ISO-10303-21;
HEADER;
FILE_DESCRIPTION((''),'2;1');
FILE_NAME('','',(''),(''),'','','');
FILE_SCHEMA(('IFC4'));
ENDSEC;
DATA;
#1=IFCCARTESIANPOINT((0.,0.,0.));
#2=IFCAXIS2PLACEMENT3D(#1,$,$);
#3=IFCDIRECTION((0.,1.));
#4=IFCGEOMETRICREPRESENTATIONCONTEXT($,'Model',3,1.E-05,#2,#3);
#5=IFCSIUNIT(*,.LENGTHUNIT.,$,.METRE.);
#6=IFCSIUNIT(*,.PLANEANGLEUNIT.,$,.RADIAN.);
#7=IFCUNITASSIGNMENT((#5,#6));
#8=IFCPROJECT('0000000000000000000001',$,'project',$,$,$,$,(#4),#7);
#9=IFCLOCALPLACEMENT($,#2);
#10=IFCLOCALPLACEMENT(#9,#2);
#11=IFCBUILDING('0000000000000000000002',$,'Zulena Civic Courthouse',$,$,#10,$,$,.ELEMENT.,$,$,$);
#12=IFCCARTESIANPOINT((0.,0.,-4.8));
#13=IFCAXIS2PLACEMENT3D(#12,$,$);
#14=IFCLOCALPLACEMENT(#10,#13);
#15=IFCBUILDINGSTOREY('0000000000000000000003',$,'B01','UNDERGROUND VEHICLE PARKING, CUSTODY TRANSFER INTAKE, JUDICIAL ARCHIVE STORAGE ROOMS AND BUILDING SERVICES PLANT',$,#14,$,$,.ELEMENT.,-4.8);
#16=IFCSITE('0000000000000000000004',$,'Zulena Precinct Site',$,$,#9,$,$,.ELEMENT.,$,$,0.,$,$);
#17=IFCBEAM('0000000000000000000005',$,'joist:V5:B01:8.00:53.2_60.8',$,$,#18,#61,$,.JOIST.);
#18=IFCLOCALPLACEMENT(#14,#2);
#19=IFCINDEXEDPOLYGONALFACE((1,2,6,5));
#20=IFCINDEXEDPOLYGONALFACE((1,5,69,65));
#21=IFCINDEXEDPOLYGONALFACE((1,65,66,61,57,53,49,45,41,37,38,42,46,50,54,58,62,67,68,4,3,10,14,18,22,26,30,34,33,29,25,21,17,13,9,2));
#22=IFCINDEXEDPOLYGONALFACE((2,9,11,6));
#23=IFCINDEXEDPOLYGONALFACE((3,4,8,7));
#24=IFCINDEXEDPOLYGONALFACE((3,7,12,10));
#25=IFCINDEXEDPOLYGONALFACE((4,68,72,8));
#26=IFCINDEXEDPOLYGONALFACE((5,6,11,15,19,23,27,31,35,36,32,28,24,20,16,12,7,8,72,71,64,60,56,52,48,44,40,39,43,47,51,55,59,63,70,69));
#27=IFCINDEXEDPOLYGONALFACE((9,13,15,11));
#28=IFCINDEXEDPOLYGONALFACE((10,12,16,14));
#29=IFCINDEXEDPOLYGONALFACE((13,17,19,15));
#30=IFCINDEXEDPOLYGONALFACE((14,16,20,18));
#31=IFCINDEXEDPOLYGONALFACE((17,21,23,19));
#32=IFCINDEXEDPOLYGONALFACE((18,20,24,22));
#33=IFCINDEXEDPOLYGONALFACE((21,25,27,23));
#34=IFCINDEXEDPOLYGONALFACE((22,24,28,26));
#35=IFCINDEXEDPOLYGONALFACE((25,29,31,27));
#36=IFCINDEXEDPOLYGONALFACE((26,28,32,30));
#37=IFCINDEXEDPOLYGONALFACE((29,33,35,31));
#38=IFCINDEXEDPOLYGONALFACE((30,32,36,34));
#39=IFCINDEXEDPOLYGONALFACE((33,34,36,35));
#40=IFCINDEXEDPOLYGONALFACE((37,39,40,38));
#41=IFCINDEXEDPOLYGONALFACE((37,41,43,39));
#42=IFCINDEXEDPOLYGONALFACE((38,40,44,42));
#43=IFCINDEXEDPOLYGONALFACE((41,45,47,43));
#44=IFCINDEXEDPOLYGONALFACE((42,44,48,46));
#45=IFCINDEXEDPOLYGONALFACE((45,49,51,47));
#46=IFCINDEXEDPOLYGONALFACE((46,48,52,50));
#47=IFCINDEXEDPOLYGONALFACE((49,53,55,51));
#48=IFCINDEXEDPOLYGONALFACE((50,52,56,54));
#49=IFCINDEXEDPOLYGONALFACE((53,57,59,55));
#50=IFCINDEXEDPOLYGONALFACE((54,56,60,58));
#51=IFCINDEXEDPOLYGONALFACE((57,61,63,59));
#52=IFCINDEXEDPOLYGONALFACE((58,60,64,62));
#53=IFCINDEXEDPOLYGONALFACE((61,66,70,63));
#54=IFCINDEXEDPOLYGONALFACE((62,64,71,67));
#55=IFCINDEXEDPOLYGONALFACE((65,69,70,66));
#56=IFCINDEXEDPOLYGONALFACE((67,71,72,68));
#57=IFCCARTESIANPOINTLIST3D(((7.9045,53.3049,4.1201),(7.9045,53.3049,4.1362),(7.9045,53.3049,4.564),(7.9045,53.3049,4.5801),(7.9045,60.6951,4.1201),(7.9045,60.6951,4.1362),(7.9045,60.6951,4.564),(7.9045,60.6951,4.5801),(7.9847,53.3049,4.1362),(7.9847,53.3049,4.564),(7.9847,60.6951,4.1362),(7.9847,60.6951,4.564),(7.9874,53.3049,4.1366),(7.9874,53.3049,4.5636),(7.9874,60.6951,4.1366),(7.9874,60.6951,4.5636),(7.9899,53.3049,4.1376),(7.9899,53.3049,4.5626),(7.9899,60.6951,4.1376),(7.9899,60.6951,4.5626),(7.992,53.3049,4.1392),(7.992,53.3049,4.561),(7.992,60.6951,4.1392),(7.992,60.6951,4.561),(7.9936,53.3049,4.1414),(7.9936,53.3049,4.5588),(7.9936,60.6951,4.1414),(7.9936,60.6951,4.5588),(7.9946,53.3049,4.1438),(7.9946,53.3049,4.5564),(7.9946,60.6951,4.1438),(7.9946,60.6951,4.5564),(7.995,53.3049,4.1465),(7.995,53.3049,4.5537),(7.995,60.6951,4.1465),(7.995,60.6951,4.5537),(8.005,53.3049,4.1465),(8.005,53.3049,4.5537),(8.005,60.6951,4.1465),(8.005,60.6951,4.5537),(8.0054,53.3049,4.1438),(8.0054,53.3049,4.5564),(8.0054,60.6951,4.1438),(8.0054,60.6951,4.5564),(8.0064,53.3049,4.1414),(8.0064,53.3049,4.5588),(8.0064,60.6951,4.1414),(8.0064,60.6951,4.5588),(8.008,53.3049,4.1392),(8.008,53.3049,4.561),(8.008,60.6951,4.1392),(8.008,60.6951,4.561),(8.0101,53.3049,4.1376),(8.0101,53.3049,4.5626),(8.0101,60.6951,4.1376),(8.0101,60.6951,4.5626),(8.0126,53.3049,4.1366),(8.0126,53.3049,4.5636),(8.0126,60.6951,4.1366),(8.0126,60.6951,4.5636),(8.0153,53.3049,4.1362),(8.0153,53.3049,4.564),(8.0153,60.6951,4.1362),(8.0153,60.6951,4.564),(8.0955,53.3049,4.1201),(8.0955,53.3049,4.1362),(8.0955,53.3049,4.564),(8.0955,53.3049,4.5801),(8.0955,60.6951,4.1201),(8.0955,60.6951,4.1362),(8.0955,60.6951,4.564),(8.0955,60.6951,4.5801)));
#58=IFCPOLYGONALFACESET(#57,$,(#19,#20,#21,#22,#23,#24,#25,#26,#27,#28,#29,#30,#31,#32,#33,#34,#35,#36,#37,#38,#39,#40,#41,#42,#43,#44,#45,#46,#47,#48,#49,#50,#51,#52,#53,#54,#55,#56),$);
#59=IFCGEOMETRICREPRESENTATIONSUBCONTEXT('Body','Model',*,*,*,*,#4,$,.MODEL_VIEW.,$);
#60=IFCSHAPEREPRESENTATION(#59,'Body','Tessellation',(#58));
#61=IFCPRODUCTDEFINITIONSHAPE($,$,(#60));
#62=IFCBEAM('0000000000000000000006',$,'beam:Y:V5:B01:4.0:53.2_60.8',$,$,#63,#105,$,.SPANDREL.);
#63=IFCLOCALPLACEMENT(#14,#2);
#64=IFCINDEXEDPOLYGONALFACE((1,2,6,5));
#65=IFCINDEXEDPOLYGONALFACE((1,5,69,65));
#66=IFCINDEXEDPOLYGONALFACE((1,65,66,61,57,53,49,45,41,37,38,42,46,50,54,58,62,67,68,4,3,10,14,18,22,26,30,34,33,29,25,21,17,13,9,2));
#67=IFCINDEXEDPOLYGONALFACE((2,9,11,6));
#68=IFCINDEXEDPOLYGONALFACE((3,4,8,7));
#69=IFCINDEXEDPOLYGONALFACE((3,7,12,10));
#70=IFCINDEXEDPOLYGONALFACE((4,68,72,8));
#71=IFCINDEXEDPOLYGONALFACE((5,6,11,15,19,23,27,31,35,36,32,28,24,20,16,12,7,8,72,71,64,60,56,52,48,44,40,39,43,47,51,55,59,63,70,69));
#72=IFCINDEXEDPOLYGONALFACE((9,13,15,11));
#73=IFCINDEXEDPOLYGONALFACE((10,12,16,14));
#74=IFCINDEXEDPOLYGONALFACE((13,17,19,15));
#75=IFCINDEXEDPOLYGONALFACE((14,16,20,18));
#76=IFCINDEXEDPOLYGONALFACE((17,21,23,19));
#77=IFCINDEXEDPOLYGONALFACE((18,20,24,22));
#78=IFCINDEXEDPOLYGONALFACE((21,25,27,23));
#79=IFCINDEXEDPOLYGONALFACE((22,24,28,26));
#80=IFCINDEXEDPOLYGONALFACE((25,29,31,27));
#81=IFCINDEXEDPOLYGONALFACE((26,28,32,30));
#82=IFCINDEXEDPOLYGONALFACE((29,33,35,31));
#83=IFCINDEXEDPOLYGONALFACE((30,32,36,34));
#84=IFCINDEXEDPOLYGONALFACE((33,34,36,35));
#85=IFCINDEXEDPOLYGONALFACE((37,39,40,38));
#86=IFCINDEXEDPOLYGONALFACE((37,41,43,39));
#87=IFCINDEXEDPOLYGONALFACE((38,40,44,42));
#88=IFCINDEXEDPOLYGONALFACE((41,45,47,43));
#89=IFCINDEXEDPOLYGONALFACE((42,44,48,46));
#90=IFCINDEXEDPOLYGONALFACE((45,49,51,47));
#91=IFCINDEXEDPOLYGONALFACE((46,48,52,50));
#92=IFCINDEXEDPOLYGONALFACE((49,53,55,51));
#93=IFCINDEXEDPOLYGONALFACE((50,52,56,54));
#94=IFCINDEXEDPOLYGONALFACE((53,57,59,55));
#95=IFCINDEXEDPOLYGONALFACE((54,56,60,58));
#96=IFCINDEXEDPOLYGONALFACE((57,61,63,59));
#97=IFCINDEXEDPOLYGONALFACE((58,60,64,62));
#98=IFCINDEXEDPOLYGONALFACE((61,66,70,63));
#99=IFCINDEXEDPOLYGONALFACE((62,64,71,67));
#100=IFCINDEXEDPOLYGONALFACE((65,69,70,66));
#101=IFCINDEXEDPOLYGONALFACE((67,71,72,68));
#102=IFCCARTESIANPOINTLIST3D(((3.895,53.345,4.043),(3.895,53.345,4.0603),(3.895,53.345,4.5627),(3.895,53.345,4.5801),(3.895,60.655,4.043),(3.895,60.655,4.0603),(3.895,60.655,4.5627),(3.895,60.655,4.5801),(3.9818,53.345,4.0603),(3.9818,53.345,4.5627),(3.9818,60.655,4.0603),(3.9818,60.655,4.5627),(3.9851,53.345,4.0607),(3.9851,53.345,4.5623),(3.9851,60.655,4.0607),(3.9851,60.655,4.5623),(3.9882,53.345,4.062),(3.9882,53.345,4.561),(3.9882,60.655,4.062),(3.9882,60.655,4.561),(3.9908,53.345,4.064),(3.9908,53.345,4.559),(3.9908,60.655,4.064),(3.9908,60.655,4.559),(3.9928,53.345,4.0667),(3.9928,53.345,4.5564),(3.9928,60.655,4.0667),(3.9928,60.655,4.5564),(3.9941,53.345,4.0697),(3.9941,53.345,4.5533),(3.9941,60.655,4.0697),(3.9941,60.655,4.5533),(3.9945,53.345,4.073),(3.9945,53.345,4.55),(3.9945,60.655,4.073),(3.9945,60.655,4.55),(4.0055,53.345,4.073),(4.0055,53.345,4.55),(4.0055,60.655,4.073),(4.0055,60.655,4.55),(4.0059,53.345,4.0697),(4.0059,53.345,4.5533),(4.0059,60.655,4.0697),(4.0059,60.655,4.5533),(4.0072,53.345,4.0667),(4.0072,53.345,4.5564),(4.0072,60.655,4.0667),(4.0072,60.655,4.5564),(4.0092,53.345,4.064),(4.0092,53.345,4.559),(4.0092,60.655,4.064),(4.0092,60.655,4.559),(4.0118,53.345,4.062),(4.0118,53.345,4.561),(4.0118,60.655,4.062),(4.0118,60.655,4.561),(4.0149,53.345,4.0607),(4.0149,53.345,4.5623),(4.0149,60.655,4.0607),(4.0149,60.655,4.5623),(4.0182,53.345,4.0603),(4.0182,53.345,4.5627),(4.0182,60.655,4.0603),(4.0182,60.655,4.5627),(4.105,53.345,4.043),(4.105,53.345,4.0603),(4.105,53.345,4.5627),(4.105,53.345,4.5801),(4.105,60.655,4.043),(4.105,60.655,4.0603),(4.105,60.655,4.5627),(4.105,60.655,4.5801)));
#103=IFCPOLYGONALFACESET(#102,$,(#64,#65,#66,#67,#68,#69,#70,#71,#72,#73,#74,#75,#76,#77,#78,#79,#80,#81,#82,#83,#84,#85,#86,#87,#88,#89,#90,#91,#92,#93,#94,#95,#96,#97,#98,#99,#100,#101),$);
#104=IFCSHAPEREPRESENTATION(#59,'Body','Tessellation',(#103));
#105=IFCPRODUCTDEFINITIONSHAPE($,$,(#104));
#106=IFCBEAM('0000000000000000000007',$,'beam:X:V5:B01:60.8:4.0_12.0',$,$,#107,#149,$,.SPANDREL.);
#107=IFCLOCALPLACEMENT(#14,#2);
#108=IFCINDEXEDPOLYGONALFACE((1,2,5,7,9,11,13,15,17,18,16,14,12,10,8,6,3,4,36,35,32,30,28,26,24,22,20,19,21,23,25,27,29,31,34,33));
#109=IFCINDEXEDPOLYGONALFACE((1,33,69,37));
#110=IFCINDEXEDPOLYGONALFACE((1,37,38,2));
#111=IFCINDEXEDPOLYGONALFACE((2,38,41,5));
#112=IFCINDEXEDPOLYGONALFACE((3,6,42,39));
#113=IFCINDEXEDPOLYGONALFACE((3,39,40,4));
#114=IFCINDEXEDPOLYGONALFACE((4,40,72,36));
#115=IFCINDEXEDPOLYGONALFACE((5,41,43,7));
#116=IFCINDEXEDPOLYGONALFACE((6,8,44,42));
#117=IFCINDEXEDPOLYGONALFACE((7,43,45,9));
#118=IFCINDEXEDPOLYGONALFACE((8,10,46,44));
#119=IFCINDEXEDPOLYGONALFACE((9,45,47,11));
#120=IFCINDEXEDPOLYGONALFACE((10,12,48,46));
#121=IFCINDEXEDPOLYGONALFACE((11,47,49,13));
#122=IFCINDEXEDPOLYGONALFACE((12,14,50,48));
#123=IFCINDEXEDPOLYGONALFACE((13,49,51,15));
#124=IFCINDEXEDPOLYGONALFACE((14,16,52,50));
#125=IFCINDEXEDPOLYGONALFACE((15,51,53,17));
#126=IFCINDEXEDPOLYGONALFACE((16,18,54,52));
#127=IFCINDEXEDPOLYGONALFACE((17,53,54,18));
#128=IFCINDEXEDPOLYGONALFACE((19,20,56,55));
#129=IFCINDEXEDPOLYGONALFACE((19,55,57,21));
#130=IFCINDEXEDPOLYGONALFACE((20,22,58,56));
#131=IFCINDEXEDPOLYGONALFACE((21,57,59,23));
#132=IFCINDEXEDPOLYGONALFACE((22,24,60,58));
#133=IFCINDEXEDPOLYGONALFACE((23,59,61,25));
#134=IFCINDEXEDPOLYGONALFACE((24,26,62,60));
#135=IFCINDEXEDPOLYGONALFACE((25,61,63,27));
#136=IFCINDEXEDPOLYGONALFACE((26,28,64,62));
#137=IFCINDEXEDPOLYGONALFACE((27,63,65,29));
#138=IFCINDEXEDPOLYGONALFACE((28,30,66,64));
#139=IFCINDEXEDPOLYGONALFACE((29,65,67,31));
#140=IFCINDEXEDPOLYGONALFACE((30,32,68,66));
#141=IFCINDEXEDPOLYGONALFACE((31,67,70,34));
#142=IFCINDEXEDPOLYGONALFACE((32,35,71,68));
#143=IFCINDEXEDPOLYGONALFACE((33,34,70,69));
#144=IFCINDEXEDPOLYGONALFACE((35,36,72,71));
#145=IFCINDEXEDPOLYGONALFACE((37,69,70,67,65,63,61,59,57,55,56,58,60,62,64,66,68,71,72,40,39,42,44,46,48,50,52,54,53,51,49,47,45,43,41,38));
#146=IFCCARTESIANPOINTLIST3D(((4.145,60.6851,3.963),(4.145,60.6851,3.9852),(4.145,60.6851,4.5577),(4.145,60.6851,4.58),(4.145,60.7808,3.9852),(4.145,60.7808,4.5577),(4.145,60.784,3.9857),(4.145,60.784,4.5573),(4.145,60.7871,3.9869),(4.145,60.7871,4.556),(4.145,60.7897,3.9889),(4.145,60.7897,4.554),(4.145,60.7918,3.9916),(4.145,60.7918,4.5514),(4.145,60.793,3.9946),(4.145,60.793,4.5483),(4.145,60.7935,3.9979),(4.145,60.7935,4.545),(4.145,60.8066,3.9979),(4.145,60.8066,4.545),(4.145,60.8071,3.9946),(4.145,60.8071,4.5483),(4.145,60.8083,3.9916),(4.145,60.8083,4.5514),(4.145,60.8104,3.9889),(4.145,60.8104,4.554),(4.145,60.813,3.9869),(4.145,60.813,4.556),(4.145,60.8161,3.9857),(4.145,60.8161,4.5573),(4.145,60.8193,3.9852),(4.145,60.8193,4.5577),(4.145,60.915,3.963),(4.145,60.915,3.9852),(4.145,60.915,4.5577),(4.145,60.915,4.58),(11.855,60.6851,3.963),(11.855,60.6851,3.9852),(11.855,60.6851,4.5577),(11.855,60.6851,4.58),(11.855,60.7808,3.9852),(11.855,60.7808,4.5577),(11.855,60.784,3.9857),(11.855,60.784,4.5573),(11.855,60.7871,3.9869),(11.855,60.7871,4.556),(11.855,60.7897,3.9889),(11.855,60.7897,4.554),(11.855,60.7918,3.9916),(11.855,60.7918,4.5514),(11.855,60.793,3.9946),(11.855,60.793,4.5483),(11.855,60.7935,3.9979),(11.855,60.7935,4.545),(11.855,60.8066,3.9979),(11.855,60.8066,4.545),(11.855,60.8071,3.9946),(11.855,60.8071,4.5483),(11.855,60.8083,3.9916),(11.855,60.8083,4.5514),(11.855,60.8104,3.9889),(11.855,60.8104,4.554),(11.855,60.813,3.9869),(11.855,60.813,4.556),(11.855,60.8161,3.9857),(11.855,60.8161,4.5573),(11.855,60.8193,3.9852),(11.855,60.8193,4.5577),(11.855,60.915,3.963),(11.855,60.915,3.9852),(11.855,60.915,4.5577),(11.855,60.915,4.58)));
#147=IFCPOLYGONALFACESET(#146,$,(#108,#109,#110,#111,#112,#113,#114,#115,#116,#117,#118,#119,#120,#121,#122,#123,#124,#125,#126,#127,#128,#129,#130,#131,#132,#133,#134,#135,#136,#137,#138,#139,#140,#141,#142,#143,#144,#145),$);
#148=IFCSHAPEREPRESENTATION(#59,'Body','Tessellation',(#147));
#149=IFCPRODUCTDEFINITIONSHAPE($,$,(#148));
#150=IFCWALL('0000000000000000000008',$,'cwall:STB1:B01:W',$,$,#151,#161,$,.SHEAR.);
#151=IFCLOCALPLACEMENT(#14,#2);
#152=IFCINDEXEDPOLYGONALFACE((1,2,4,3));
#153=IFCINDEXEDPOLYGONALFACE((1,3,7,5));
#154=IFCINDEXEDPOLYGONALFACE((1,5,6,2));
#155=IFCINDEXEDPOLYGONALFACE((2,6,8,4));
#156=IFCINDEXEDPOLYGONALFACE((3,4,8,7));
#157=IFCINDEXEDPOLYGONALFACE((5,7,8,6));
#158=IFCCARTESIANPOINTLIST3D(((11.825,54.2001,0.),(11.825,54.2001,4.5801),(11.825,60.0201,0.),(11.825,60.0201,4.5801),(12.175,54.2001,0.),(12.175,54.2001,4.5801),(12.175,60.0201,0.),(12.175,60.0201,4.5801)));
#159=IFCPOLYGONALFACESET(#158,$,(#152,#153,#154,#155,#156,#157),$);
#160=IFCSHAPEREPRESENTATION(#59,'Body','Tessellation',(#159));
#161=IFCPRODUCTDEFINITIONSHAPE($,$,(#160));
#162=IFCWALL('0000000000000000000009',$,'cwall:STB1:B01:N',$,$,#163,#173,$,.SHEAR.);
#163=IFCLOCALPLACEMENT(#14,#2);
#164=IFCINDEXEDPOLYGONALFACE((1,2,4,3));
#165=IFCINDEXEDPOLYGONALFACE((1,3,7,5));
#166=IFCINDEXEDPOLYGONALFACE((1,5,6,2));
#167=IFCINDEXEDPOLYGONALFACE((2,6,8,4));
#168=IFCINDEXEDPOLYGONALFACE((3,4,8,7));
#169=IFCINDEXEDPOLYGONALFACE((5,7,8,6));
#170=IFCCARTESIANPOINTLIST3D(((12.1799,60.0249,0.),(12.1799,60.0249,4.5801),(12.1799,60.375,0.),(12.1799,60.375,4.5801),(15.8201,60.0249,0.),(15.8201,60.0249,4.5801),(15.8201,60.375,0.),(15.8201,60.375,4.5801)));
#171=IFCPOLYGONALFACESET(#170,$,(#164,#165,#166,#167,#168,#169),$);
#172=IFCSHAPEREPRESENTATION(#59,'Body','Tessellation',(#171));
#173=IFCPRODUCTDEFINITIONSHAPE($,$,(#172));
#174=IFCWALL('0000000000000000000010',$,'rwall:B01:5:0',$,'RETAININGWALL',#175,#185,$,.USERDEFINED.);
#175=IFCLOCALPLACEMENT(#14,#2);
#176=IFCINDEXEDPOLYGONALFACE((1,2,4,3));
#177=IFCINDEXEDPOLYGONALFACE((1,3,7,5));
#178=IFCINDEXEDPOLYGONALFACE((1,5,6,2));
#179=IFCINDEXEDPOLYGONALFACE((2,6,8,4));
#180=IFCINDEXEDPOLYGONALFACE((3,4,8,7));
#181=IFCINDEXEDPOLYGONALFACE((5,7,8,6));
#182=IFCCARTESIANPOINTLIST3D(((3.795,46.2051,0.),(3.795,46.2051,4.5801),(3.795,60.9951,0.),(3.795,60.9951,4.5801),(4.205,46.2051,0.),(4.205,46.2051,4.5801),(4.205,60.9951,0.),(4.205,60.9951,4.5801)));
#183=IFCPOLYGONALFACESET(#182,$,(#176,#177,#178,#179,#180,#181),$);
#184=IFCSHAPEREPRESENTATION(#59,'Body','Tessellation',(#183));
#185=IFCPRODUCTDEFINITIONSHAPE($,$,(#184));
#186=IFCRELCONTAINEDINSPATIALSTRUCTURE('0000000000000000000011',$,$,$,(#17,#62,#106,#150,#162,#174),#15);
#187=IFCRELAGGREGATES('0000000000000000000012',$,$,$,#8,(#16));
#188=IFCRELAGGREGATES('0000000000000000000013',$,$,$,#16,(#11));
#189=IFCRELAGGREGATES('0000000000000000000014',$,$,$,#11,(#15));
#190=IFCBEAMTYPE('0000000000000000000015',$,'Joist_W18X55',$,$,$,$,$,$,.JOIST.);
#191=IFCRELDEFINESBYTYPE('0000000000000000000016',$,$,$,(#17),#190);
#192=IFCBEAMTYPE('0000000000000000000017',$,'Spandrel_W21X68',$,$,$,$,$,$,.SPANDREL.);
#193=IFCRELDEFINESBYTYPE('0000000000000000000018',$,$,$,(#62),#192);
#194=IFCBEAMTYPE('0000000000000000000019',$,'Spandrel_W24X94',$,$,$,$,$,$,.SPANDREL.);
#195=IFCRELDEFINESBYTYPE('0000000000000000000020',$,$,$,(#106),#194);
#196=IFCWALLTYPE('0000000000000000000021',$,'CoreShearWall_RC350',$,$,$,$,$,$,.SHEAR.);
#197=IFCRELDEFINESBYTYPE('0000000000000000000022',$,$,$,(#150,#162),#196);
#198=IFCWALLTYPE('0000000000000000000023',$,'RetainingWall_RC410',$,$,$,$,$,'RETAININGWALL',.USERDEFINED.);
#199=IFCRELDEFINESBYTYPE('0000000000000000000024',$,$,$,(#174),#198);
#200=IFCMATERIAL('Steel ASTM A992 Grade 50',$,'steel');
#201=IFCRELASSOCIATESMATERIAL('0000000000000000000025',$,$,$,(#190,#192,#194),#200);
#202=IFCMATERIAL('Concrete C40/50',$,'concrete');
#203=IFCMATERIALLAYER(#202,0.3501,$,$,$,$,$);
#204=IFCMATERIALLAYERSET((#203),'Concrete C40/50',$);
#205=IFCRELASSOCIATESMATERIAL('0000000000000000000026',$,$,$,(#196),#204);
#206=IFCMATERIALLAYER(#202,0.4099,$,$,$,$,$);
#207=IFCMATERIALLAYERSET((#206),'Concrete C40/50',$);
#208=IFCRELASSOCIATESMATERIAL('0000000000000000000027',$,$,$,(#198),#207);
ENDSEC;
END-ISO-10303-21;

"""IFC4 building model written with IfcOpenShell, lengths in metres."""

from ifc_helpers import new_model, si_unit, direction, frame, frame_2d, origin, origin_2d, place, context, subcontext, project, spatial, rectangle, i_section, extrude, material, layer, layer_set, material_profile, profile_set, type_object, element, save


model = new_model("IFC4")

# Units and contexts
model_context = context("Model", 3, precision=1e-05, world=origin(), true_north=direction((0.0, 1.0)))
body_context = subcontext(model_context, "Body", "Model", "MODEL_VIEW")
ifc_project = project(units=[si_unit("LENGTHUNIT", "METRE"), si_unit("PLANEANGLEUNIT", "RADIAN")], contexts=[model_context])

# Site, building, storey
site_placement = place(None, origin())
site = spatial("IfcSite", under=ifc_project, at=site_placement, Name="Zulena Precinct Site", CompositionType="ELEMENT", RefElevation=0.0)
building_placement = place(site_placement, origin())
building = spatial("IfcBuilding", under=site, at=building_placement, Name="Zulena Civic Courthouse", CompositionType="ELEMENT")
storey_placement = place(building_placement, frame((0.0, 0.0, -4.8)))
storey = spatial("IfcBuildingStorey", under=building, at=storey_placement, Name="B01", Description="UNDERGROUND VEHICLE PARKING, CUSTODY TRANSFER INTAKE, JUDICIAL ARCHIVE STORAGE ROOMS AND BUILDING SERVICES PLANT", CompositionType="ELEMENT", Elevation=-4.8)

# Shared definitions
ifc_material_1 = material(Name="Concrete C40/50", Category="concrete")

# Shared definitions
ifc_material_2 = material(Name="Steel ASTM A992 Grade 50", Category="steel")

# Beams
ifc_material_profile_1 = material_profile(ifc_material_2, i_section(OverallWidth=0.1909, OverallDepth=0.46, WebThickness=0.01, FlangeThickness=0.0161, FilletRadius=0.0103, at=origin_2d()), Name="W18X55")
ifc_profile_set_1 = profile_set([ifc_material_profile_1], Name="Steel ASTM A992 Grade 50")
beam_type_1 = type_object("IfcBeamType", Name="Joist_W18X55", PredefinedType="JOIST", material=ifc_profile_set_1)
beam_1_placement = place(storey_placement, frame((8.0, 53.3049, 4.3501), z_axis=(0.0, 1.0, 0.0), x_axis=(-1.0, 0.0, 0.0)))
element("IfcBeam", 1, at=beam_1_placement, inside=storey, type_object=beam_type_1, Name="joist:V5:B01:8.00:53.2_60.8", PredefinedType="JOIST", context=body_context, shape_type="SweptSolid", body=[
    extrude(i_section(OverallWidth=0.1909, OverallDepth=0.46, WebThickness=0.01, FlangeThickness=0.0161, FilletRadius=0.0103, at=origin_2d()), origin(), (0.0, 0.0, 1.0), 7.3901),
])
ifc_material_profile_2 = material_profile(ifc_material_2, i_section(OverallWidth=0.21, OverallDepth=0.5371, WebThickness=0.011, FlangeThickness=0.0173, FilletRadius=0.0127, at=origin_2d()), Name="W21X68")
ifc_profile_set_2 = profile_set([ifc_material_profile_2], Name="Steel ASTM A992 Grade 50")
beam_type_2 = type_object("IfcBeamType", Name="Spandrel_W21X68", PredefinedType="SPANDREL", material=ifc_profile_set_2)
beam_2_placement = place(storey_placement, frame((4.0, 53.345, 4.3115), z_axis=(0.0, 1.0, 0.0), x_axis=(-1.0, 0.0, 0.0)))
element("IfcBeam", 2, at=beam_2_placement, inside=storey, type_object=beam_type_2, Name="beam:Y:V5:B01:4.0:53.2_60.8", PredefinedType="SPANDREL", context=body_context, shape_type="SweptSolid", body=[
    extrude(i_section(OverallWidth=0.21, OverallDepth=0.5371, WebThickness=0.011, FlangeThickness=0.0173, FilletRadius=0.0127, at=origin_2d()), origin(), (0.0, 0.0, 1.0), 7.3101),
])
ifc_material_profile_3 = material_profile(ifc_material_2, i_section(OverallWidth=0.23, OverallDepth=0.6169, WebThickness=0.0132, FlangeThickness=0.0222, FilletRadius=0.0127, at=origin_2d()), Name="W24X94")
ifc_profile_set_3 = profile_set([ifc_material_profile_3], Name="Steel ASTM A992 Grade 50")
beam_type_3 = type_object("IfcBeamType", Name="Spandrel_W24X94", PredefinedType="SPANDREL", material=ifc_profile_set_3)
beam_3_placement = place(storey_placement, frame((4.145, 60.8, 4.2715), z_axis=(1.0, 0.0, 0.0), x_axis=(0.0, 1.0, 0.0)))
element("IfcBeam", 3, at=beam_3_placement, inside=storey, type_object=beam_type_3, Name="beam:X:V5:B01:60.8:4.0_12.0", PredefinedType="SPANDREL", context=body_context, shape_type="SweptSolid", body=[
    extrude(i_section(OverallWidth=0.23, OverallDepth=0.6169, WebThickness=0.0132, FlangeThickness=0.0222, FilletRadius=0.0127, at=origin_2d()), origin(), (0.0, 0.0, 1.0), 7.71),
])

# Walls
ifc_layer_1 = layer(ifc_material_1, 0.3501)
ifc_layer_set_1 = layer_set([ifc_layer_1], Name="Concrete C40/50")
wall_type_1 = type_object("IfcWallType", Name="CoreShearWall_RC350", PredefinedType="SHEAR", material=ifc_layer_set_1)
wall_1_placement = place(storey_placement, frame((12.0, 54.2, 0.0), z_axis=(0.0, 0.0, 1.0), x_axis=(0.0, 1.0, 0.0)))
element("IfcWall", 4, at=wall_1_placement, inside=storey, type_object=wall_type_1, Name="cwall:STB1:B01:W", PredefinedType="SHEAR", context=body_context, shape_type="SweptSolid", body=[
    extrude(rectangle(XDim=5.8201, YDim=0.3501, at=frame_2d((2.9102, 0.0))), origin(), (0.0, 0.0, 1.0), 4.5801),
])
wall_2_placement = place(storey_placement, frame((12.1799, 60.2, 0.0), z_axis=(0.0, 0.0, 1.0), x_axis=(1.0, 0.0, 0.0)))
element("IfcWall", 5, at=wall_2_placement, inside=storey, type_object=wall_type_1, Name="cwall:STB1:B01:N", PredefinedType="SHEAR", context=body_context, shape_type="SweptSolid", body=[
    extrude(rectangle(XDim=3.6401, YDim=0.3501, at=frame_2d((1.8201, 0.0))), origin(), (0.0, 0.0, 1.0), 4.5801),
])
ifc_layer_2 = layer(ifc_material_1, 0.4099)
ifc_layer_set_2 = layer_set([ifc_layer_2], Name="Concrete C40/50")
wall_type_2 = type_object("IfcWallType", Name="RetainingWall_RC410", ElementType="RETAININGWALL", PredefinedType="USERDEFINED", material=ifc_layer_set_2)
wall_3_placement = place(storey_placement, frame((4.0, 60.9951, 0.0), z_axis=(0.0, 0.0, 1.0), x_axis=(0.0, -1.0, 0.0)))
element("IfcWall", 6, at=wall_3_placement, inside=storey, type_object=wall_type_2, Name="rwall:B01:5:0", ObjectType="RETAININGWALL", PredefinedType="USERDEFINED", context=body_context, shape_type="SweptSolid", body=[
    extrude(rectangle(XDim=14.79, YDim=0.4099, at=frame_2d((7.395, 0.0))), origin(), (0.0, 0.0, 1.0), 4.5801),
])

save(model, "model.ifc")
